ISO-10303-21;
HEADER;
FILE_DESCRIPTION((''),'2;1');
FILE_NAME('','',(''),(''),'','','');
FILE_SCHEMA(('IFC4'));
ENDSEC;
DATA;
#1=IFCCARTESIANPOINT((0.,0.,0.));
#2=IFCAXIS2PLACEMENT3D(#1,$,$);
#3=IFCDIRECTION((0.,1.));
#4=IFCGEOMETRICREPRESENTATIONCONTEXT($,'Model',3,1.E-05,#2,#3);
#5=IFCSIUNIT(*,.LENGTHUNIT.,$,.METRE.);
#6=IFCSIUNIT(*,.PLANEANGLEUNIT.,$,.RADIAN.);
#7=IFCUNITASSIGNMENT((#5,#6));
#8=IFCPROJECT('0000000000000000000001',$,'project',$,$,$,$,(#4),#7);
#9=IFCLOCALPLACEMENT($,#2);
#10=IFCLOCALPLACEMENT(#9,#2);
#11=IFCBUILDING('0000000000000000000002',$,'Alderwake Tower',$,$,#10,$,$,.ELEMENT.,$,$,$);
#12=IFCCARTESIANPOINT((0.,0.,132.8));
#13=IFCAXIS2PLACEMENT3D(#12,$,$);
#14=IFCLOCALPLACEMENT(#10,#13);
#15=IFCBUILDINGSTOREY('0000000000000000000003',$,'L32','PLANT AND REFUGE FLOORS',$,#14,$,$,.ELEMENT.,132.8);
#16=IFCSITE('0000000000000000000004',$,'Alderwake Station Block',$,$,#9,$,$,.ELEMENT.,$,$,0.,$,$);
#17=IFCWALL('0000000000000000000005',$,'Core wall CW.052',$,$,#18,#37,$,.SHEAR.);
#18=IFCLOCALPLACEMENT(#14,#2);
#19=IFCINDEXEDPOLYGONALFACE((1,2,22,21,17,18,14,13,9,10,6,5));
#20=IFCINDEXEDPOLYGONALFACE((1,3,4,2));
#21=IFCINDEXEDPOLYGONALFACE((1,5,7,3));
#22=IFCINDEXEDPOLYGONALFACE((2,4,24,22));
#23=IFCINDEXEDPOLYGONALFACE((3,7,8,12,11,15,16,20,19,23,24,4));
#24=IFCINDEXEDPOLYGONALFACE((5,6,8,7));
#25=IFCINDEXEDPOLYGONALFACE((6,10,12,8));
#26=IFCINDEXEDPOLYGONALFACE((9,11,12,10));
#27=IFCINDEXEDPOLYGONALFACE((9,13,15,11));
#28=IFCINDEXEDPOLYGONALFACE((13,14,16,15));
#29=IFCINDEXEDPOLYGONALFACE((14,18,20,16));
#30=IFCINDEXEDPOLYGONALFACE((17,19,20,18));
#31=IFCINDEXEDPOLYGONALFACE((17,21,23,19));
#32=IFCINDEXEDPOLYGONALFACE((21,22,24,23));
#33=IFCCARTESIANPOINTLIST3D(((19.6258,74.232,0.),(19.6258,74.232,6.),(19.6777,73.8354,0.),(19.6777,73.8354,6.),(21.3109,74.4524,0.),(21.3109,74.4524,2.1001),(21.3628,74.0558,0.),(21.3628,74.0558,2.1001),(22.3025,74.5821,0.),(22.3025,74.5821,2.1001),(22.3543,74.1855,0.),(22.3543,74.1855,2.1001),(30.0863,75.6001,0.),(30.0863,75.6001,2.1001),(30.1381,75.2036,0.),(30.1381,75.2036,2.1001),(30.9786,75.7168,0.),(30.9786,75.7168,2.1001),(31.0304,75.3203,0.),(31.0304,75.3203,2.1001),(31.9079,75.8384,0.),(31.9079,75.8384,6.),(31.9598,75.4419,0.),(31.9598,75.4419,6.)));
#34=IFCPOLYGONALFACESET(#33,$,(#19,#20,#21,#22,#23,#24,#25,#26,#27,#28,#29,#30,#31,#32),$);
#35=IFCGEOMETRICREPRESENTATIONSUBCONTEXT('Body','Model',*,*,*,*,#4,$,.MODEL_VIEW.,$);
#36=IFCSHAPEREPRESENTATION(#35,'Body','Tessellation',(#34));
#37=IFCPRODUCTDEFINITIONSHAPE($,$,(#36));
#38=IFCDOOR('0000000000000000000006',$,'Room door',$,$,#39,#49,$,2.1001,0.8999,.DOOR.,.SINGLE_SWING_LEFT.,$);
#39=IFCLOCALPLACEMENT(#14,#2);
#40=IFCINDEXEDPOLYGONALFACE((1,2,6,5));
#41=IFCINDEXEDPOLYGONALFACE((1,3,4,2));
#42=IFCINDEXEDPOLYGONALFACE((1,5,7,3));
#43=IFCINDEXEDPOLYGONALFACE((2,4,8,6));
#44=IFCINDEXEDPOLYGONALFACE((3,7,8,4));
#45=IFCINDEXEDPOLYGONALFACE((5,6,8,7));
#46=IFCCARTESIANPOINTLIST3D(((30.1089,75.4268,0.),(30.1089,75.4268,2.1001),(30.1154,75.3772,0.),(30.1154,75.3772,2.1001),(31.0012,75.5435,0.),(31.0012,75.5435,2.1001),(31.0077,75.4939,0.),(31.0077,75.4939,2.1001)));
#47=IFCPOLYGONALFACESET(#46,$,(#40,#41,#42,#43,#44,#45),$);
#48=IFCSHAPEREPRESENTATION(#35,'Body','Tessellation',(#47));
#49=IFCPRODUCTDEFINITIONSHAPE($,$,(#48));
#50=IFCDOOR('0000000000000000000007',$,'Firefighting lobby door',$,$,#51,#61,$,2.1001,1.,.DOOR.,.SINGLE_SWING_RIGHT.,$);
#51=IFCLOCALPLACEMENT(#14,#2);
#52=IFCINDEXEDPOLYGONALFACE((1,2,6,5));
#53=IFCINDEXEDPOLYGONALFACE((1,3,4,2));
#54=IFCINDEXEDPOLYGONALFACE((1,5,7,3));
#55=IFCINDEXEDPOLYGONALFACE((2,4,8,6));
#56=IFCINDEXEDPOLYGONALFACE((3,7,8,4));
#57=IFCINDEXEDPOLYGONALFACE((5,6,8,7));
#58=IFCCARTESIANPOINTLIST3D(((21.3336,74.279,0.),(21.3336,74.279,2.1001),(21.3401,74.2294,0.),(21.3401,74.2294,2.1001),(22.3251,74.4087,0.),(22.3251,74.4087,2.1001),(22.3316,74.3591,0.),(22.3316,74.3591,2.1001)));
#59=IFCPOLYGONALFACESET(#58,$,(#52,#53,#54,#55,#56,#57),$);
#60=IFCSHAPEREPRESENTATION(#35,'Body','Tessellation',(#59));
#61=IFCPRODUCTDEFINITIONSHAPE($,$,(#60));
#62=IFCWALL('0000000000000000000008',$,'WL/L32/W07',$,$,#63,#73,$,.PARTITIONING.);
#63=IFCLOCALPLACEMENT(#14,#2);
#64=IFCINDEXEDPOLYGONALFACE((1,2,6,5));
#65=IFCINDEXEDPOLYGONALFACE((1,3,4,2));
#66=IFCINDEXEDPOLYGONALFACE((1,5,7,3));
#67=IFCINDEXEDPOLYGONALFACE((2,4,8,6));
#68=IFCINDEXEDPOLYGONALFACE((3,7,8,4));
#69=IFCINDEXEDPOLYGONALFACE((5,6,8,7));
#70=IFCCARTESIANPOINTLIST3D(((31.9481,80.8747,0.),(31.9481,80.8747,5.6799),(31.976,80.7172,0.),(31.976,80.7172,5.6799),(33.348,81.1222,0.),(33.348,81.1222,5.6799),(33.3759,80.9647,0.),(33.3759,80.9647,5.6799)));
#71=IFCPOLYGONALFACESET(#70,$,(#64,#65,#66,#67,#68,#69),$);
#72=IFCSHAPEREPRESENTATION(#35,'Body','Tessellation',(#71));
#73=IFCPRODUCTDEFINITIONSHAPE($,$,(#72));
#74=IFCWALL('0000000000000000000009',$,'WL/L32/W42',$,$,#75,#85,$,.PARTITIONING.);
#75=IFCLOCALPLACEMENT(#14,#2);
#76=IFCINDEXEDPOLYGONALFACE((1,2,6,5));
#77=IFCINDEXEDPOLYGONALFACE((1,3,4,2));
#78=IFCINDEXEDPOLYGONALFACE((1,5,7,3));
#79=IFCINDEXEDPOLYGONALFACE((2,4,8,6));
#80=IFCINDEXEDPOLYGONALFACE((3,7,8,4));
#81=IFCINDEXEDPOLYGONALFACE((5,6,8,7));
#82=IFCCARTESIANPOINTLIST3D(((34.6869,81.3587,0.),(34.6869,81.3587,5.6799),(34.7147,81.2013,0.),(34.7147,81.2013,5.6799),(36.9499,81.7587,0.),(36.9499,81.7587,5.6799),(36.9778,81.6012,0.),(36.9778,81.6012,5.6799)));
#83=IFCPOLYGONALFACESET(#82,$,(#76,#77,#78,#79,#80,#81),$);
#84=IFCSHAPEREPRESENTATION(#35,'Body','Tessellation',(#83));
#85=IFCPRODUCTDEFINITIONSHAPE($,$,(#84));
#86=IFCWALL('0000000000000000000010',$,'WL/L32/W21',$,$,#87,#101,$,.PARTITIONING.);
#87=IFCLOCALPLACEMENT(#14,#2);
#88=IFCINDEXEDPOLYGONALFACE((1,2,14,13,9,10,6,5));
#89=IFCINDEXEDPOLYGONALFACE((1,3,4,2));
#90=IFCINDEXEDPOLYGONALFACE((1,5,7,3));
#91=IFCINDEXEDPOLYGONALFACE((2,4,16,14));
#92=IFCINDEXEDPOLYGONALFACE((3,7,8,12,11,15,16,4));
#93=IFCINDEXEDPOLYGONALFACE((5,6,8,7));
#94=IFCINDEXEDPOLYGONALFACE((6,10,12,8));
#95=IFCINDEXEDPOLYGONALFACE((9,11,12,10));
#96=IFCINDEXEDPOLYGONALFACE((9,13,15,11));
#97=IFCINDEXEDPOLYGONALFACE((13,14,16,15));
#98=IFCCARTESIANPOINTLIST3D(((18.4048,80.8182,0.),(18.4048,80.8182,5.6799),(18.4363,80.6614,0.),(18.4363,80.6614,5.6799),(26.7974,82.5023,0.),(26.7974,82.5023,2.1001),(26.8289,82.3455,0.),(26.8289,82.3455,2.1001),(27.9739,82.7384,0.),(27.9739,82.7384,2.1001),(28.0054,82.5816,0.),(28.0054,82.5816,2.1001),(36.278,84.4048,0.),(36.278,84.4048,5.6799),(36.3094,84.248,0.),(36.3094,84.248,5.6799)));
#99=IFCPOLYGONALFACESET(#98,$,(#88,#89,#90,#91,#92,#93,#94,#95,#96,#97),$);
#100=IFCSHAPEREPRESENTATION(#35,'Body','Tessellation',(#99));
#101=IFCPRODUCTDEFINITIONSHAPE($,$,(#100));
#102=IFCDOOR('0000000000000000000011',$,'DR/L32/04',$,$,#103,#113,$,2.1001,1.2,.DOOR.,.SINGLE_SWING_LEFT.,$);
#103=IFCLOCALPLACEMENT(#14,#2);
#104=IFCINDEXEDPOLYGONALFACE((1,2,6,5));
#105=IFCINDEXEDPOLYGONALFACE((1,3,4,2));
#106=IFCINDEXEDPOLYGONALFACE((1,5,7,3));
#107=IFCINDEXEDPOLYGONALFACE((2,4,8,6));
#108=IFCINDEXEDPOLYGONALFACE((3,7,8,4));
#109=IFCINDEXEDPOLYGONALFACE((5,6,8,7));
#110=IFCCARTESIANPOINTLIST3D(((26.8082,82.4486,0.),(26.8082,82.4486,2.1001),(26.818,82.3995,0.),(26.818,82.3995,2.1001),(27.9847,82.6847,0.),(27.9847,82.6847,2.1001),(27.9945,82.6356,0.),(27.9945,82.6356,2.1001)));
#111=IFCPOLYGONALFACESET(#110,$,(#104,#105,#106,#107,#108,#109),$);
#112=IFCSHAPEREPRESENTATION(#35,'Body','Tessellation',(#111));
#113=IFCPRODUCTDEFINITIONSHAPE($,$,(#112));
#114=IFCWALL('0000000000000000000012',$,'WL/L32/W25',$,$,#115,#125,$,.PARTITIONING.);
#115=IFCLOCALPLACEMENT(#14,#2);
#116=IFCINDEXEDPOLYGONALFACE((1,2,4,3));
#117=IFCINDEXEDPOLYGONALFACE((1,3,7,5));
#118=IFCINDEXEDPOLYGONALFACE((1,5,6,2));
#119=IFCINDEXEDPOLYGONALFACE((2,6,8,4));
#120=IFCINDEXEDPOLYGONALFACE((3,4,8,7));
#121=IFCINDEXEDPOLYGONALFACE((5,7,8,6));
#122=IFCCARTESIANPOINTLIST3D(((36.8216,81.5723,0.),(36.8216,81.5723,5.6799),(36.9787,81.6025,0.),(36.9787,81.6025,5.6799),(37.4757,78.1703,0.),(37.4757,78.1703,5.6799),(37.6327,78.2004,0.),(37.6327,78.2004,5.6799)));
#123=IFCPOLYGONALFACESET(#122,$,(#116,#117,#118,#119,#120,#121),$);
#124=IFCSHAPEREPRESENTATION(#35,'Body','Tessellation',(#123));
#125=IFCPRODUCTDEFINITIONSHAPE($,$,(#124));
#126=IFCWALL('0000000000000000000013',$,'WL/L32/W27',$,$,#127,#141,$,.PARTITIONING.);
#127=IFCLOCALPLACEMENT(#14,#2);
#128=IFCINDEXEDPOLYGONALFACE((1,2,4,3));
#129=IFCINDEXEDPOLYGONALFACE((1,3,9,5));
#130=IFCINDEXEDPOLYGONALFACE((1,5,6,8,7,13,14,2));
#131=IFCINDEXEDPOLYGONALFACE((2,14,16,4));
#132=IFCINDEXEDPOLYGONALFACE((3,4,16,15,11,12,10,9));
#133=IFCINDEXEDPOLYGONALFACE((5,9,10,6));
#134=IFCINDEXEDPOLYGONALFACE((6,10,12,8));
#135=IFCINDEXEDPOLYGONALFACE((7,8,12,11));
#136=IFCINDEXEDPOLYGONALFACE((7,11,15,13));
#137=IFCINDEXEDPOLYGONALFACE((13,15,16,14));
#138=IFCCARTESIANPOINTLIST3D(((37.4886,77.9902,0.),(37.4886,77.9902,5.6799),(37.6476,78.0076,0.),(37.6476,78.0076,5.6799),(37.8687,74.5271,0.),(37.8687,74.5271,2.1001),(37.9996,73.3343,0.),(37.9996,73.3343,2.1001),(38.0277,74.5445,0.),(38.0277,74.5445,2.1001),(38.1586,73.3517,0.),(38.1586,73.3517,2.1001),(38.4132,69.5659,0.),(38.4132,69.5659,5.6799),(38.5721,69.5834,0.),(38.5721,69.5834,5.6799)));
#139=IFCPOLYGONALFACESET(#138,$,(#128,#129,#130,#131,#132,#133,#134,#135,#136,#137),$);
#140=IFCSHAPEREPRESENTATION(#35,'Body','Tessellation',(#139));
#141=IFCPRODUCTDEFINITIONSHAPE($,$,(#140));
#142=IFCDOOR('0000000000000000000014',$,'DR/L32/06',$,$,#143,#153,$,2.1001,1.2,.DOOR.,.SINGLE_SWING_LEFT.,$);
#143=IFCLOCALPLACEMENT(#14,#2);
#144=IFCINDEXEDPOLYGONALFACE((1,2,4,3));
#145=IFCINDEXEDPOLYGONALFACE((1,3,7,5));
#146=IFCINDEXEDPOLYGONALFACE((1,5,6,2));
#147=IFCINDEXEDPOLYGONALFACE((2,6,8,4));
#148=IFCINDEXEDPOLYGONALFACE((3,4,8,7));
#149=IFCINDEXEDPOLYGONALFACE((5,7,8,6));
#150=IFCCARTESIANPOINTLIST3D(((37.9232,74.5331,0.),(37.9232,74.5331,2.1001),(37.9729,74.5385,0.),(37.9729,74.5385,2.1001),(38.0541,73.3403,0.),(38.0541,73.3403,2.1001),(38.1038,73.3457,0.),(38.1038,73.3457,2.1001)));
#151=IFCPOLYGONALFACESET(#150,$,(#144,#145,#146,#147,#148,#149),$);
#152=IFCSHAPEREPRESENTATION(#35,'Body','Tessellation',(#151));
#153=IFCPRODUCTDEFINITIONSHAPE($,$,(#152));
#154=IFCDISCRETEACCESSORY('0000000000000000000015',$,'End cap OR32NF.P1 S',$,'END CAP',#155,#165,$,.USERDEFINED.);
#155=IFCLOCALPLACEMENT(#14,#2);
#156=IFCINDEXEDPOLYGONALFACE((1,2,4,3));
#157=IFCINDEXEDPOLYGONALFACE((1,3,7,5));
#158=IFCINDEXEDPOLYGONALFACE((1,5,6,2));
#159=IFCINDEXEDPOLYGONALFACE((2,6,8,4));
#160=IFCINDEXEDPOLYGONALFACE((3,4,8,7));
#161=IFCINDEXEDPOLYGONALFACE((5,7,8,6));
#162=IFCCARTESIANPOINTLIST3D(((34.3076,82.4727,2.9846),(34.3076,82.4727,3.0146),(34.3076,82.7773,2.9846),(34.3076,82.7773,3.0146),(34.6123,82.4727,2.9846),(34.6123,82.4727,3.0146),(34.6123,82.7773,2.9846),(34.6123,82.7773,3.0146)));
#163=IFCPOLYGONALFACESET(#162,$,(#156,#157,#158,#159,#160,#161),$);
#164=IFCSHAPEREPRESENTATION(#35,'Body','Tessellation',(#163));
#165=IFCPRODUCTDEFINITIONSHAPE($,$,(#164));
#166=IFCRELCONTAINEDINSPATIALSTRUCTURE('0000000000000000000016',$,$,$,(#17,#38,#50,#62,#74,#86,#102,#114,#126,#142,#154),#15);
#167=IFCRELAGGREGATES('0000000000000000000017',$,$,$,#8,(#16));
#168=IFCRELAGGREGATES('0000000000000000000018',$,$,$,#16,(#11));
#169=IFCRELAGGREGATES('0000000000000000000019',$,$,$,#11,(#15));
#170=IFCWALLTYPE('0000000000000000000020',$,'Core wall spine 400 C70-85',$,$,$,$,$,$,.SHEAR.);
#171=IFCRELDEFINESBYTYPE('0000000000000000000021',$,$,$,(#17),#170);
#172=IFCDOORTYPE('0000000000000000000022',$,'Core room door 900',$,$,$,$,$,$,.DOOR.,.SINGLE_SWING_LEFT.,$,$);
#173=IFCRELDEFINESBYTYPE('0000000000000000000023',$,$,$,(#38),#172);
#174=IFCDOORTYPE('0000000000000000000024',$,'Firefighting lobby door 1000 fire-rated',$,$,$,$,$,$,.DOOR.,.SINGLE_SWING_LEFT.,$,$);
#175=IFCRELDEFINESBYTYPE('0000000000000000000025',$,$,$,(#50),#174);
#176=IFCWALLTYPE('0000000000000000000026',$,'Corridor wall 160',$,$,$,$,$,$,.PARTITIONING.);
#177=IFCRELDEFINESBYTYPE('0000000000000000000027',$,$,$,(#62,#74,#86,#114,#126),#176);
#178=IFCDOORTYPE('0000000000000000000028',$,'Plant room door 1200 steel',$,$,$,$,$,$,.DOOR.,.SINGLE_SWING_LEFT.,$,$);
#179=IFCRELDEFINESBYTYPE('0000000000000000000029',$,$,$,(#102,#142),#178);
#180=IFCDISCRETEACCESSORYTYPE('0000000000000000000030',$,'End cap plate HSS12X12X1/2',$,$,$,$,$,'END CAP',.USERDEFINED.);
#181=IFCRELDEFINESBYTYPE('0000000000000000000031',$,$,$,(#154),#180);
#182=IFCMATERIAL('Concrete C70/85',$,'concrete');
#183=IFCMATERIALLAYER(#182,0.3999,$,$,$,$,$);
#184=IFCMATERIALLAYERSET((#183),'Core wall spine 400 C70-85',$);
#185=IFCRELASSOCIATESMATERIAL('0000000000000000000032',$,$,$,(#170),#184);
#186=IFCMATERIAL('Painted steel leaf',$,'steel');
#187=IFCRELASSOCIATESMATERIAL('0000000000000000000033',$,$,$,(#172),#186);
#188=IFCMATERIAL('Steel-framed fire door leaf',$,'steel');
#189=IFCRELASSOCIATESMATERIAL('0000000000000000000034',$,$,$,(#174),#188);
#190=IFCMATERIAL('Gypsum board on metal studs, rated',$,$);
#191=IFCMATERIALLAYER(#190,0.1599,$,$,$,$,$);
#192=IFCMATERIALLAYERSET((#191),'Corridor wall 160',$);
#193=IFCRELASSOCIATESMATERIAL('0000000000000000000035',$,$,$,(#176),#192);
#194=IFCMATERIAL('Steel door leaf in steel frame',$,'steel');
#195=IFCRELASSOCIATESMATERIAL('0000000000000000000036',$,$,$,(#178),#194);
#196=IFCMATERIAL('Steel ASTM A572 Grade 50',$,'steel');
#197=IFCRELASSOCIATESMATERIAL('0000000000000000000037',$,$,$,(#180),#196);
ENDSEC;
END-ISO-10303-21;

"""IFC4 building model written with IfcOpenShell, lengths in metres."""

from ifc_helpers import new_model, si_unit, direction, frame, frame_2d, origin, origin_2d, place, context, subcontext, project, spatial, rectangle, extrude, material, layer, layer_set, material_profile, profile_set, type_object, element, fill, save


model = new_model("IFC4")

# Units and contexts
model_context = context("Model", 3, precision=1e-05, world=origin(), true_north=direction((0.0, 1.0)))
body_context = subcontext(model_context, "Body", "Model", "MODEL_VIEW")
ifc_project = project(units=[si_unit("LENGTHUNIT", "METRE"), si_unit("PLANEANGLEUNIT", "RADIAN")], contexts=[model_context])

# Site, building, storey
site_placement = place(None, origin())
site = spatial("IfcSite", under=ifc_project, at=site_placement, Name="Alderwake Station Block", CompositionType="ELEMENT", RefElevation=0.0)
building_placement = place(site_placement, origin())
building = spatial("IfcBuilding", under=site, at=building_placement, Name="Alderwake Tower", CompositionType="ELEMENT")
storey_placement = place(building_placement, frame((0.0, 0.0, 132.8)))
storey = spatial("IfcBuildingStorey", under=building, at=storey_placement, Name="L32", Description="PLANT AND REFUGE FLOORS", CompositionType="ELEMENT", Elevation=132.8)

# Wall, openings, doors
ifc_material_1 = material(Name="Concrete C70/85", Category="concrete")
ifc_layer_1 = layer(ifc_material_1, 0.3999)
ifc_layer_set_1 = layer_set([ifc_layer_1], Name="Core wall spine 400 C70-85")
wall_type_1 = type_object("IfcWallType", Name="Core wall spine 400 C70-85", PredefinedType="SHEAR", material=ifc_layer_set_1)
wall_1_placement = place(storey_placement, frame((31.9338, 75.6401, 0.0), z_axis=(0.0, 0.0, 1.0), x_axis=(-0.991555, -0.12969, 0.0)))
wall_1 = element("IfcWall", 1, at=wall_1_placement, inside=storey, type_object=wall_type_1, Name="Core wall CW.052", PredefinedType="SHEAR", context=body_context, shape_type="SweptSolid", body=[
    extrude(rectangle(XDim=12.3867, YDim=0.3999, at=frame_2d((6.1934, 0.0))), origin(), (0.0, 0.0, 1.0), 6.0),
])
opening_1_placement = place(wall_1_placement, frame((9.6873, 0.0, 0.0)))
opening_1 = element("IfcOpeningElement", 2, at=opening_1_placement, cuts=wall_1, PredefinedType="OPENING", context=body_context, shape_type="SweptSolid", body=[
    extrude(rectangle(XDim=1.0, YDim=2.1001, at=frame_2d((0.5, 1.05))), frame((0.0, 0.21, 0.0), z_axis=(0.0, -1.0, 0.0), x_axis=(1.0, 0.0, 0.0)), (0.0, 0.0, 1.0), 0.4199),
])
opening_2_placement = place(wall_1_placement, frame((0.9373, 0.0, 0.0)))
opening_2 = element("IfcOpeningElement", 3, at=opening_2_placement, cuts=wall_1, PredefinedType="OPENING", context=body_context, shape_type="SweptSolid", body=[
    extrude(rectangle(XDim=0.8999, YDim=2.1001, at=frame_2d((0.45, 1.05))), frame((0.0, 0.21, 0.0), z_axis=(0.0, -1.0, 0.0), x_axis=(1.0, 0.0, 0.0)), (0.0, 0.0, 1.0), 0.4199),
])
ifc_material_2 = material(Name="Painted steel leaf", Category="steel")
door_type_1 = type_object("IfcDoorType", Name="Core room door 900", OperationType="SINGLE_SWING_LEFT", PredefinedType="DOOR", material=ifc_material_2)
door_1_placement = place(opening_2_placement, origin())
door_1 = element("IfcDoor", 4, at=door_1_placement, inside=storey, type_object=door_type_1, Name="Room door", OperationType="SINGLE_SWING_LEFT", OverallHeight=2.1001, OverallWidth=0.8999, PredefinedType="DOOR", context=body_context, shape_type="SweptSolid", body=[
    extrude(rectangle(XDim=0.8999, YDim=2.1001, at=frame_2d((0.45, 1.05))), frame((0.0, 0.0249, 0.0), z_axis=(0.0, -1.0, 0.0), x_axis=(1.0, 0.0, 0.0)), (0.0, 0.0, 1.0), 0.05),
])
fill(opening_2, door_1)
ifc_material_3 = material(Name="Steel-framed fire door leaf", Category="steel")
door_type_2 = type_object("IfcDoorType", Name="Firefighting lobby door 1000 fire-rated", OperationType="SINGLE_SWING_LEFT", PredefinedType="DOOR", material=ifc_material_3)
door_2_placement = place(opening_1_placement, origin())
door_2 = element("IfcDoor", 5, at=door_2_placement, inside=storey, type_object=door_type_2, Name="Firefighting lobby door", OperationType="SINGLE_SWING_RIGHT", OverallHeight=2.1001, OverallWidth=1.0, PredefinedType="DOOR", context=body_context, shape_type="SweptSolid", body=[
    extrude(rectangle(XDim=1.0, YDim=2.1001, at=frame_2d((0.5, 1.05))), frame((0.0, 0.0249, 0.0), z_axis=(0.0, -1.0, 0.0), x_axis=(1.0, 0.0, 0.0)), (0.0, 0.0, 1.0), 0.05),
])
fill(opening_1, door_2)

# Walls
ifc_material_4 = material(Name="Gypsum board on metal studs, rated")
ifc_layer_2 = layer(ifc_material_4, 0.1599)
ifc_layer_set_2 = layer_set([ifc_layer_2], Name="Corridor wall 160")
wall_type_2 = type_object("IfcWallType", Name="Corridor wall 160", PredefinedType="PARTITIONING", material=ifc_layer_set_2)
wall_2_placement = place(storey_placement, frame((31.9619, 80.7959, 0.0), z_axis=(0.0, 0.0, 1.0), x_axis=(0.984721, 0.174138, 0.0)))
element("IfcWall", 6, at=wall_2_placement, inside=storey, type_object=wall_type_2, Name="WL/L32/W07", PredefinedType="PARTITIONING", context=body_context, shape_type="SweptSolid", body=[
    extrude(rectangle(XDim=1.4216, YDim=0.1599, at=frame_2d((0.7109, 0.0))), origin(), (0.0, 0.0, 1.0), 5.6799),
])
wall_3_placement = place(storey_placement, frame((34.7009, 81.28, 0.0), z_axis=(0.0, 0.0, 1.0), x_axis=(0.984742, 0.174022, 0.0)))
element("IfcWall", 7, at=wall_3_placement, inside=storey, type_object=wall_type_2, Name="WL/L32/W42", PredefinedType="PARTITIONING", context=body_context, shape_type="SweptSolid", body=[
    extrude(rectangle(XDim=2.2981, YDim=0.1599, at=frame_2d((1.1489, 0.0))), origin(), (0.0, 0.0, 1.0), 5.6799),
])

# Wall, opening, door
wall_4_placement = place(storey_placement, frame((36.2937, 84.3264, 0.0), z_axis=(0.0, 0.0, 1.0), x_axis=(-0.980454, -0.19675, 0.0)))
wall_4 = element("IfcWall", 8, at=wall_4_placement, inside=storey, type_object=wall_type_2, Name="WL/L32/W21", PredefinedType="PARTITIONING", context=body_context, shape_type="SweptSolid", body=[
    extrude(rectangle(XDim=18.2295, YDim=0.1599, at=frame_2d((9.1147, 0.0))), origin(), (0.0, 0.0, 1.0), 5.6799),
])
opening_3_placement = place(wall_4_placement, frame((8.4695, 0.0, 0.0)))
opening_3 = element("IfcOpeningElement", 9, at=opening_3_placement, cuts=wall_4, PredefinedType="OPENING", context=body_context, shape_type="SweptSolid", body=[
    extrude(rectangle(XDim=1.2, YDim=2.1001, at=frame_2d((0.6001, 1.05))), frame((0.0, 0.0898, 0.0), z_axis=(0.0, -1.0, 0.0), x_axis=(1.0, 0.0, 0.0)), (0.0, 0.0, 1.0), 0.1799),
])
ifc_material_5 = material(Name="Steel door leaf in steel frame", Category="steel")
door_type_3 = type_object("IfcDoorType", Name="Plant room door 1200 steel", OperationType="SINGLE_SWING_LEFT", PredefinedType="DOOR", material=ifc_material_5)
door_3_placement = place(opening_3_placement, origin())
door_3 = element("IfcDoor", 10, at=door_3_placement, inside=storey, type_object=door_type_3, Name="DR/L32/04", OperationType="SINGLE_SWING_LEFT", OverallHeight=2.1001, OverallWidth=1.2, PredefinedType="DOOR", context=body_context, shape_type="SweptSolid", body=[
    extrude(rectangle(XDim=1.2, YDim=2.1001, at=frame_2d((0.6001, 1.05))), frame((0.0, 0.0249, 0.0), z_axis=(0.0, -1.0, 0.0), x_axis=(1.0, 0.0, 0.0)), (0.0, 0.0, 1.0), 0.05),
])
fill(opening_3, door_3)

# Wall
wall_5_placement = place(storey_placement, frame((36.9001, 81.5874, 0.0), z_axis=(0.0, 0.0, 1.0), x_axis=(0.188793, -0.982017, 0.0)))
element("IfcWall", 11, at=wall_5_placement, inside=storey, type_object=wall_type_2, Name="WL/L32/W25", PredefinedType="PARTITIONING", context=body_context, shape_type="SweptSolid", body=[
    extrude(rectangle(XDim=3.4644, YDim=0.1599, at=frame_2d((1.7322, 0.0))), origin(), (0.0, 0.0, 1.0), 5.6799),
])

# Wall, opening, door
wall_6_placement = place(storey_placement, frame((37.5681, 77.9988, 0.0), z_axis=(0.0, 0.0, 1.0), x_axis=(0.109094, -0.994031, 0.0)))
wall_6 = element("IfcWall", 12, at=wall_6_placement, inside=storey, type_object=wall_type_2, Name="WL/L32/W27", PredefinedType="PARTITIONING", context=body_context, shape_type="SweptSolid", body=[
    extrude(rectangle(XDim=8.4749, YDim=0.1599, at=frame_2d((4.2373, 0.0))), origin(), (0.0, 0.0, 1.0), 5.6799),
])
opening_4_placement = place(wall_6_placement, frame((3.4836, 0.0, 0.0)))
opening_4 = element("IfcOpeningElement", 13, at=opening_4_placement, cuts=wall_6, PredefinedType="OPENING", context=body_context, shape_type="SweptSolid", body=[
    extrude(rectangle(XDim=1.2, YDim=2.1001, at=frame_2d((0.6001, 1.05))), frame((0.0, 0.0898, 0.0), z_axis=(0.0, -1.0, 0.0), x_axis=(1.0, 0.0, 0.0)), (0.0, 0.0, 1.0), 0.1799),
])
door_4_placement = place(opening_4_placement, origin())
door_4 = element("IfcDoor", 14, at=door_4_placement, inside=storey, type_object=door_type_3, Name="DR/L32/06", OperationType="SINGLE_SWING_LEFT", OverallHeight=2.1001, OverallWidth=1.2, PredefinedType="DOOR", context=body_context, shape_type="SweptSolid", body=[
    extrude(rectangle(XDim=1.2, YDim=2.1001, at=frame_2d((0.6001, 1.05))), frame((0.0, 0.0249, 0.0), z_axis=(0.0, -1.0, 0.0), x_axis=(1.0, 0.0, 0.0)), (0.0, 0.0, 1.0), 0.05),
])
fill(opening_4, door_4)

# Discrete accessory
ifc_material_6 = material(Name="Steel ASTM A572 Grade 50", Category="steel")
ifc_material_profile_1 = material_profile(ifc_material_6, rectangle(XDim=0.3047, YDim=0.3047, at=origin_2d()), Name="HSS12X12X1/2 cap")
ifc_profile_set_1 = profile_set([ifc_material_profile_1], Name="Steel ASTM A572 Grade 50")
discrete_accessory_type_1 = type_object("IfcDiscreteAccessoryType", Name="End cap plate HSS12X12X1/2", ElementType="END CAP", PredefinedType="USERDEFINED", material=ifc_profile_set_1)
for number, where, z_axis, x_axis, name in (
    (15, (34.46, 82.625, 3.0146), (0.0, 0.0, -1.0), (1.0, 0.0, 0.0), "End cap OR32NF.P1 S"),
):
    element("IfcDiscreteAccessory", number, at=place(storey_placement, frame(where, z_axis=z_axis, x_axis=x_axis)), inside=storey, type_object=discrete_accessory_type_1, Name=name, ObjectType="END CAP", PredefinedType="USERDEFINED", context=body_context, shape_type="SweptSolid", body=[
        extrude(rectangle(XDim=0.3047, YDim=0.3047, at=origin_2d()), origin(), (0.0, 0.0, 1.0), 0.03),
    ])

save(model, "model.ifc")
